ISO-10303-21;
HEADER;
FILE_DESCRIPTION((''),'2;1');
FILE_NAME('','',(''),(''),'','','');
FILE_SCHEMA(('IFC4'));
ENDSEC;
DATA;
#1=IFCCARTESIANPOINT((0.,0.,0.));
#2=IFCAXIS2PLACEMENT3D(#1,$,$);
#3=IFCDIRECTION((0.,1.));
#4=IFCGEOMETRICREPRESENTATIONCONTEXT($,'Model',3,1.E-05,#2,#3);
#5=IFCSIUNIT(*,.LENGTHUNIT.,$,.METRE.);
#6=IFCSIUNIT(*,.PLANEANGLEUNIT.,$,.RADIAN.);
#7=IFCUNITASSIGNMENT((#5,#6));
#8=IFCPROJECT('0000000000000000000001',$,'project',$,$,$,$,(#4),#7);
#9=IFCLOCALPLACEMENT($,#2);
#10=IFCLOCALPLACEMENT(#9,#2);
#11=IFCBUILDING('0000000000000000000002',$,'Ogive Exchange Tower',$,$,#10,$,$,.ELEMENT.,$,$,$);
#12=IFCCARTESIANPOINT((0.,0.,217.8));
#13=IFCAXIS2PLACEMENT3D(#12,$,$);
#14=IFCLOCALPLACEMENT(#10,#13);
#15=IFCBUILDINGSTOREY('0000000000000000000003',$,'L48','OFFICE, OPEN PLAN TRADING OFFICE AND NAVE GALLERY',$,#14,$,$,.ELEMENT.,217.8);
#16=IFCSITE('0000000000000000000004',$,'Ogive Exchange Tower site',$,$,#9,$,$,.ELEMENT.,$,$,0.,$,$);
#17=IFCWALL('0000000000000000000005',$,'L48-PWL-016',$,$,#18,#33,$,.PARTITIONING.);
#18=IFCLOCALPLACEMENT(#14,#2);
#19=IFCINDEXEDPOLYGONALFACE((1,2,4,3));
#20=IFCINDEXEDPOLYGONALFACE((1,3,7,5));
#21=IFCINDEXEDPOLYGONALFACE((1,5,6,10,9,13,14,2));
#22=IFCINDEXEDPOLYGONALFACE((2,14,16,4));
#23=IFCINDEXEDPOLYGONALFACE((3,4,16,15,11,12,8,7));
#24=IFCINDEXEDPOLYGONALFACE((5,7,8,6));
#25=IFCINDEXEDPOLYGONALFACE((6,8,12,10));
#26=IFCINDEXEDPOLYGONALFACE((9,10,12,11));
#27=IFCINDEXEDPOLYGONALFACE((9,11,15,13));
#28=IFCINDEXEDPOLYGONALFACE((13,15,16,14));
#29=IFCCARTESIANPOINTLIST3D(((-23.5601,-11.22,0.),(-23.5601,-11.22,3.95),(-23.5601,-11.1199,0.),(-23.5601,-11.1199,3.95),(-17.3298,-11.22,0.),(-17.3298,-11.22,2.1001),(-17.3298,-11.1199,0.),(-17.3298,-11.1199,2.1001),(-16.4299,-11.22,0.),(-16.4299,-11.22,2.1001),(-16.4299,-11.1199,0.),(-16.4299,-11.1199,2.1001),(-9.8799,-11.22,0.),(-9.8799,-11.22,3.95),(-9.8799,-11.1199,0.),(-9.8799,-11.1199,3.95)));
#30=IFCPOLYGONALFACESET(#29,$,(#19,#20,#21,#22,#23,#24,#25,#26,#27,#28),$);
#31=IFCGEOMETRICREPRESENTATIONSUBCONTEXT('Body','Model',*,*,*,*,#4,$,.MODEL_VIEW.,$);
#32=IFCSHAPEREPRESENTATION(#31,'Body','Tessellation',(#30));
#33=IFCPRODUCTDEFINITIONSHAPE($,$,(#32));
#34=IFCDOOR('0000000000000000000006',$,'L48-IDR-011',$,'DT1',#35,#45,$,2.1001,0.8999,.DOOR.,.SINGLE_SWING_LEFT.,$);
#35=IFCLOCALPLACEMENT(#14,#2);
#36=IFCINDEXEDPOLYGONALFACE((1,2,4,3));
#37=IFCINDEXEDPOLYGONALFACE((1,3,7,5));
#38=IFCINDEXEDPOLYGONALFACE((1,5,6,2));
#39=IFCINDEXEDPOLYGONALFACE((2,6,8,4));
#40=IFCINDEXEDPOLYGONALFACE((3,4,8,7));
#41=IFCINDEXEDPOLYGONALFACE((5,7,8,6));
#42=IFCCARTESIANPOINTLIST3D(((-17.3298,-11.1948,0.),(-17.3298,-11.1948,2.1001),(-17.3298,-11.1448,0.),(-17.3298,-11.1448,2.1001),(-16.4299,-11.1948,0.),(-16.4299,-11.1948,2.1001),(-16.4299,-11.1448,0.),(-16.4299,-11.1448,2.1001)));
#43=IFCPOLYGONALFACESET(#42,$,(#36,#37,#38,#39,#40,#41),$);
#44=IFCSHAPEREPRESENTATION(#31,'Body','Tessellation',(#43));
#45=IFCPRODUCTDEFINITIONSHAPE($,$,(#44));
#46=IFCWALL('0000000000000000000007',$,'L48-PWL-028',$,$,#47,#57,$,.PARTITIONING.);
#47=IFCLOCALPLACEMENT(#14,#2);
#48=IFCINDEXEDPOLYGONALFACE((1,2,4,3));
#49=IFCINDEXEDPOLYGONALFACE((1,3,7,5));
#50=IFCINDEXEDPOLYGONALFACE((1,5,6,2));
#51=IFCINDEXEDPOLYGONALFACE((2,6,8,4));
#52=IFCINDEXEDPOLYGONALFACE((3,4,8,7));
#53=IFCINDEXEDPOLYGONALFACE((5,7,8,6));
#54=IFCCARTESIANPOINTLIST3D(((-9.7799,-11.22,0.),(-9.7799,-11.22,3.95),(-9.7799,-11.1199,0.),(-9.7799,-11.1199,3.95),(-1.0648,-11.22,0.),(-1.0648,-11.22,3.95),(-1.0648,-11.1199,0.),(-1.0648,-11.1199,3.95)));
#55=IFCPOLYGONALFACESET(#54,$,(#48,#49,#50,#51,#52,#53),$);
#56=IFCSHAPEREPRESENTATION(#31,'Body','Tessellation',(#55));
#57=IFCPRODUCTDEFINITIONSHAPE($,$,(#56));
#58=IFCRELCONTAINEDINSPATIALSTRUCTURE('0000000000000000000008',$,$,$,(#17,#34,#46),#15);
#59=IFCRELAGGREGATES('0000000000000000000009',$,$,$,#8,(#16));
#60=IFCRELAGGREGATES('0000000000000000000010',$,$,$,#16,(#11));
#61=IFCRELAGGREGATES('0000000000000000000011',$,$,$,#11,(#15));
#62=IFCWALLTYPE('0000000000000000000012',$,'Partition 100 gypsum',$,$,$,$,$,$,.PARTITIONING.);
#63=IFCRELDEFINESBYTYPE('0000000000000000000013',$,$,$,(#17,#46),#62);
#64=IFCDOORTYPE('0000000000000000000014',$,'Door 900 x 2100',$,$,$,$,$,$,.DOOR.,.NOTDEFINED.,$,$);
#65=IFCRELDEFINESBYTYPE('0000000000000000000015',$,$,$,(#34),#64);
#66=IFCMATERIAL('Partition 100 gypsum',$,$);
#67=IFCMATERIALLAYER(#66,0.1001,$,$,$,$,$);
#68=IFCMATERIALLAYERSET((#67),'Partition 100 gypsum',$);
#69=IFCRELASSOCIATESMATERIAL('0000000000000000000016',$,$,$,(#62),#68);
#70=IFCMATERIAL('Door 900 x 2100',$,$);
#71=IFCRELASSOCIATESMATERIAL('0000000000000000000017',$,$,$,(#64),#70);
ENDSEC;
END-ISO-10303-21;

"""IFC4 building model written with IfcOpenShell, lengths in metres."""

from ifc_helpers import new_model, si_unit, direction, frame, frame_2d, origin, place, context, subcontext, project, spatial, rectangle, extrude, material, layer, layer_set, type_object, element, fill, save


model = new_model("IFC4")

# Units and contexts
model_context = context("Model", 3, precision=1e-05, world=origin(), true_north=direction((0.0, 1.0)))
body_context = subcontext(model_context, "Body", "Model", "MODEL_VIEW")
ifc_project = project(units=[si_unit("LENGTHUNIT", "METRE"), si_unit("PLANEANGLEUNIT", "RADIAN")], contexts=[model_context])

# Site, building, storey
site_placement = place(None, origin())
site = spatial("IfcSite", under=ifc_project, at=site_placement, Name="Ogive Exchange Tower site", CompositionType="ELEMENT", RefElevation=0.0)
building_placement = place(site_placement, origin())
building = spatial("IfcBuilding", under=site, at=building_placement, Name="Ogive Exchange Tower", CompositionType="ELEMENT")
storey_placement = place(building_placement, frame((0.0, 0.0, 217.8)))
storey = spatial("IfcBuildingStorey", under=building, at=storey_placement, Name="L48", Description="OFFICE, OPEN PLAN TRADING OFFICE AND NAVE GALLERY", CompositionType="ELEMENT", Elevation=217.8)

# Shared definitions
ifc_material_1 = material(Name="Partition 100 gypsum")
ifc_layer_1 = layer(ifc_material_1, 0.1001)
ifc_layer_set_1 = layer_set([ifc_layer_1], Name="Partition 100 gypsum")
wall_type_1 = type_object("IfcWallType", Name="Partition 100 gypsum", PredefinedType="PARTITIONING", material=ifc_layer_set_1)

# Wall, opening, door
wall_1_placement = place(storey_placement, frame((-9.8799, -11.1699, 0.0), z_axis=(0.0, 0.0, 1.0), x_axis=(-1.0, 0.0, 0.0)))
wall_1 = element("IfcWall", 1, at=wall_1_placement, inside=storey, type_object=wall_type_1, Name="L48-PWL-016", PredefinedType="PARTITIONING", context=body_context, shape_type="SweptSolid", body=[
    extrude(rectangle(XDim=13.6802, YDim=0.1001, at=frame_2d((6.8401, 0.0))), origin(), (0.0, 0.0, 1.0), 3.95),
])
opening_1_placement = place(wall_1_placement, frame((6.55, 0.0, 0.0)))
opening_1 = element("IfcOpeningElement", 2, at=opening_1_placement, cuts=wall_1, PredefinedType="OPENING", context=body_context, shape_type="SweptSolid", body=[
    extrude(rectangle(XDim=0.8999, YDim=2.1001, at=frame_2d((0.45, 1.05))), frame((0.0, 0.0601, 0.0), z_axis=(0.0, -1.0, 0.0), x_axis=(1.0, 0.0, 0.0)), (0.0, 0.0, 1.0), 0.1201),
])
ifc_material_2 = material(Name="Door 900 x 2100")
door_type_1 = type_object("IfcDoorType", Name="Door 900 x 2100", OperationType="NOTDEFINED", PredefinedType="DOOR", material=ifc_material_2)
door_1_placement = place(opening_1_placement, origin())
door_1 = element("IfcDoor", 3, at=door_1_placement, inside=storey, type_object=door_type_1, Name="L48-IDR-011", ObjectType="DT1", OperationType="SINGLE_SWING_LEFT", OverallHeight=2.1001, OverallWidth=0.8999, PredefinedType="DOOR", context=body_context, shape_type="SweptSolid", body=[
    extrude(rectangle(XDim=0.8999, YDim=2.1001, at=frame_2d((0.45, 1.05))), frame((0.0, 0.0249, 0.0), z_axis=(0.0, -1.0, 0.0), x_axis=(1.0, 0.0, 0.0)), (0.0, 0.0, 1.0), 0.05),
])
fill(opening_1, door_1)

# Wall
wall_2_placement = place(storey_placement, frame((-1.0649, -11.1699, 0.0), z_axis=(0.0, 0.0, 1.0), x_axis=(-1.0, 0.0, 0.0)))
element("IfcWall", 4, at=wall_2_placement, inside=storey, type_object=wall_type_1, Name="L48-PWL-028", PredefinedType="PARTITIONING", context=body_context, shape_type="SweptSolid", body=[
    extrude(rectangle(XDim=8.7151, YDim=0.1001, at=frame_2d((4.3574, 0.0))), origin(), (0.0, 0.0, 1.0), 3.95),
])

save(model, "model.ifc")
